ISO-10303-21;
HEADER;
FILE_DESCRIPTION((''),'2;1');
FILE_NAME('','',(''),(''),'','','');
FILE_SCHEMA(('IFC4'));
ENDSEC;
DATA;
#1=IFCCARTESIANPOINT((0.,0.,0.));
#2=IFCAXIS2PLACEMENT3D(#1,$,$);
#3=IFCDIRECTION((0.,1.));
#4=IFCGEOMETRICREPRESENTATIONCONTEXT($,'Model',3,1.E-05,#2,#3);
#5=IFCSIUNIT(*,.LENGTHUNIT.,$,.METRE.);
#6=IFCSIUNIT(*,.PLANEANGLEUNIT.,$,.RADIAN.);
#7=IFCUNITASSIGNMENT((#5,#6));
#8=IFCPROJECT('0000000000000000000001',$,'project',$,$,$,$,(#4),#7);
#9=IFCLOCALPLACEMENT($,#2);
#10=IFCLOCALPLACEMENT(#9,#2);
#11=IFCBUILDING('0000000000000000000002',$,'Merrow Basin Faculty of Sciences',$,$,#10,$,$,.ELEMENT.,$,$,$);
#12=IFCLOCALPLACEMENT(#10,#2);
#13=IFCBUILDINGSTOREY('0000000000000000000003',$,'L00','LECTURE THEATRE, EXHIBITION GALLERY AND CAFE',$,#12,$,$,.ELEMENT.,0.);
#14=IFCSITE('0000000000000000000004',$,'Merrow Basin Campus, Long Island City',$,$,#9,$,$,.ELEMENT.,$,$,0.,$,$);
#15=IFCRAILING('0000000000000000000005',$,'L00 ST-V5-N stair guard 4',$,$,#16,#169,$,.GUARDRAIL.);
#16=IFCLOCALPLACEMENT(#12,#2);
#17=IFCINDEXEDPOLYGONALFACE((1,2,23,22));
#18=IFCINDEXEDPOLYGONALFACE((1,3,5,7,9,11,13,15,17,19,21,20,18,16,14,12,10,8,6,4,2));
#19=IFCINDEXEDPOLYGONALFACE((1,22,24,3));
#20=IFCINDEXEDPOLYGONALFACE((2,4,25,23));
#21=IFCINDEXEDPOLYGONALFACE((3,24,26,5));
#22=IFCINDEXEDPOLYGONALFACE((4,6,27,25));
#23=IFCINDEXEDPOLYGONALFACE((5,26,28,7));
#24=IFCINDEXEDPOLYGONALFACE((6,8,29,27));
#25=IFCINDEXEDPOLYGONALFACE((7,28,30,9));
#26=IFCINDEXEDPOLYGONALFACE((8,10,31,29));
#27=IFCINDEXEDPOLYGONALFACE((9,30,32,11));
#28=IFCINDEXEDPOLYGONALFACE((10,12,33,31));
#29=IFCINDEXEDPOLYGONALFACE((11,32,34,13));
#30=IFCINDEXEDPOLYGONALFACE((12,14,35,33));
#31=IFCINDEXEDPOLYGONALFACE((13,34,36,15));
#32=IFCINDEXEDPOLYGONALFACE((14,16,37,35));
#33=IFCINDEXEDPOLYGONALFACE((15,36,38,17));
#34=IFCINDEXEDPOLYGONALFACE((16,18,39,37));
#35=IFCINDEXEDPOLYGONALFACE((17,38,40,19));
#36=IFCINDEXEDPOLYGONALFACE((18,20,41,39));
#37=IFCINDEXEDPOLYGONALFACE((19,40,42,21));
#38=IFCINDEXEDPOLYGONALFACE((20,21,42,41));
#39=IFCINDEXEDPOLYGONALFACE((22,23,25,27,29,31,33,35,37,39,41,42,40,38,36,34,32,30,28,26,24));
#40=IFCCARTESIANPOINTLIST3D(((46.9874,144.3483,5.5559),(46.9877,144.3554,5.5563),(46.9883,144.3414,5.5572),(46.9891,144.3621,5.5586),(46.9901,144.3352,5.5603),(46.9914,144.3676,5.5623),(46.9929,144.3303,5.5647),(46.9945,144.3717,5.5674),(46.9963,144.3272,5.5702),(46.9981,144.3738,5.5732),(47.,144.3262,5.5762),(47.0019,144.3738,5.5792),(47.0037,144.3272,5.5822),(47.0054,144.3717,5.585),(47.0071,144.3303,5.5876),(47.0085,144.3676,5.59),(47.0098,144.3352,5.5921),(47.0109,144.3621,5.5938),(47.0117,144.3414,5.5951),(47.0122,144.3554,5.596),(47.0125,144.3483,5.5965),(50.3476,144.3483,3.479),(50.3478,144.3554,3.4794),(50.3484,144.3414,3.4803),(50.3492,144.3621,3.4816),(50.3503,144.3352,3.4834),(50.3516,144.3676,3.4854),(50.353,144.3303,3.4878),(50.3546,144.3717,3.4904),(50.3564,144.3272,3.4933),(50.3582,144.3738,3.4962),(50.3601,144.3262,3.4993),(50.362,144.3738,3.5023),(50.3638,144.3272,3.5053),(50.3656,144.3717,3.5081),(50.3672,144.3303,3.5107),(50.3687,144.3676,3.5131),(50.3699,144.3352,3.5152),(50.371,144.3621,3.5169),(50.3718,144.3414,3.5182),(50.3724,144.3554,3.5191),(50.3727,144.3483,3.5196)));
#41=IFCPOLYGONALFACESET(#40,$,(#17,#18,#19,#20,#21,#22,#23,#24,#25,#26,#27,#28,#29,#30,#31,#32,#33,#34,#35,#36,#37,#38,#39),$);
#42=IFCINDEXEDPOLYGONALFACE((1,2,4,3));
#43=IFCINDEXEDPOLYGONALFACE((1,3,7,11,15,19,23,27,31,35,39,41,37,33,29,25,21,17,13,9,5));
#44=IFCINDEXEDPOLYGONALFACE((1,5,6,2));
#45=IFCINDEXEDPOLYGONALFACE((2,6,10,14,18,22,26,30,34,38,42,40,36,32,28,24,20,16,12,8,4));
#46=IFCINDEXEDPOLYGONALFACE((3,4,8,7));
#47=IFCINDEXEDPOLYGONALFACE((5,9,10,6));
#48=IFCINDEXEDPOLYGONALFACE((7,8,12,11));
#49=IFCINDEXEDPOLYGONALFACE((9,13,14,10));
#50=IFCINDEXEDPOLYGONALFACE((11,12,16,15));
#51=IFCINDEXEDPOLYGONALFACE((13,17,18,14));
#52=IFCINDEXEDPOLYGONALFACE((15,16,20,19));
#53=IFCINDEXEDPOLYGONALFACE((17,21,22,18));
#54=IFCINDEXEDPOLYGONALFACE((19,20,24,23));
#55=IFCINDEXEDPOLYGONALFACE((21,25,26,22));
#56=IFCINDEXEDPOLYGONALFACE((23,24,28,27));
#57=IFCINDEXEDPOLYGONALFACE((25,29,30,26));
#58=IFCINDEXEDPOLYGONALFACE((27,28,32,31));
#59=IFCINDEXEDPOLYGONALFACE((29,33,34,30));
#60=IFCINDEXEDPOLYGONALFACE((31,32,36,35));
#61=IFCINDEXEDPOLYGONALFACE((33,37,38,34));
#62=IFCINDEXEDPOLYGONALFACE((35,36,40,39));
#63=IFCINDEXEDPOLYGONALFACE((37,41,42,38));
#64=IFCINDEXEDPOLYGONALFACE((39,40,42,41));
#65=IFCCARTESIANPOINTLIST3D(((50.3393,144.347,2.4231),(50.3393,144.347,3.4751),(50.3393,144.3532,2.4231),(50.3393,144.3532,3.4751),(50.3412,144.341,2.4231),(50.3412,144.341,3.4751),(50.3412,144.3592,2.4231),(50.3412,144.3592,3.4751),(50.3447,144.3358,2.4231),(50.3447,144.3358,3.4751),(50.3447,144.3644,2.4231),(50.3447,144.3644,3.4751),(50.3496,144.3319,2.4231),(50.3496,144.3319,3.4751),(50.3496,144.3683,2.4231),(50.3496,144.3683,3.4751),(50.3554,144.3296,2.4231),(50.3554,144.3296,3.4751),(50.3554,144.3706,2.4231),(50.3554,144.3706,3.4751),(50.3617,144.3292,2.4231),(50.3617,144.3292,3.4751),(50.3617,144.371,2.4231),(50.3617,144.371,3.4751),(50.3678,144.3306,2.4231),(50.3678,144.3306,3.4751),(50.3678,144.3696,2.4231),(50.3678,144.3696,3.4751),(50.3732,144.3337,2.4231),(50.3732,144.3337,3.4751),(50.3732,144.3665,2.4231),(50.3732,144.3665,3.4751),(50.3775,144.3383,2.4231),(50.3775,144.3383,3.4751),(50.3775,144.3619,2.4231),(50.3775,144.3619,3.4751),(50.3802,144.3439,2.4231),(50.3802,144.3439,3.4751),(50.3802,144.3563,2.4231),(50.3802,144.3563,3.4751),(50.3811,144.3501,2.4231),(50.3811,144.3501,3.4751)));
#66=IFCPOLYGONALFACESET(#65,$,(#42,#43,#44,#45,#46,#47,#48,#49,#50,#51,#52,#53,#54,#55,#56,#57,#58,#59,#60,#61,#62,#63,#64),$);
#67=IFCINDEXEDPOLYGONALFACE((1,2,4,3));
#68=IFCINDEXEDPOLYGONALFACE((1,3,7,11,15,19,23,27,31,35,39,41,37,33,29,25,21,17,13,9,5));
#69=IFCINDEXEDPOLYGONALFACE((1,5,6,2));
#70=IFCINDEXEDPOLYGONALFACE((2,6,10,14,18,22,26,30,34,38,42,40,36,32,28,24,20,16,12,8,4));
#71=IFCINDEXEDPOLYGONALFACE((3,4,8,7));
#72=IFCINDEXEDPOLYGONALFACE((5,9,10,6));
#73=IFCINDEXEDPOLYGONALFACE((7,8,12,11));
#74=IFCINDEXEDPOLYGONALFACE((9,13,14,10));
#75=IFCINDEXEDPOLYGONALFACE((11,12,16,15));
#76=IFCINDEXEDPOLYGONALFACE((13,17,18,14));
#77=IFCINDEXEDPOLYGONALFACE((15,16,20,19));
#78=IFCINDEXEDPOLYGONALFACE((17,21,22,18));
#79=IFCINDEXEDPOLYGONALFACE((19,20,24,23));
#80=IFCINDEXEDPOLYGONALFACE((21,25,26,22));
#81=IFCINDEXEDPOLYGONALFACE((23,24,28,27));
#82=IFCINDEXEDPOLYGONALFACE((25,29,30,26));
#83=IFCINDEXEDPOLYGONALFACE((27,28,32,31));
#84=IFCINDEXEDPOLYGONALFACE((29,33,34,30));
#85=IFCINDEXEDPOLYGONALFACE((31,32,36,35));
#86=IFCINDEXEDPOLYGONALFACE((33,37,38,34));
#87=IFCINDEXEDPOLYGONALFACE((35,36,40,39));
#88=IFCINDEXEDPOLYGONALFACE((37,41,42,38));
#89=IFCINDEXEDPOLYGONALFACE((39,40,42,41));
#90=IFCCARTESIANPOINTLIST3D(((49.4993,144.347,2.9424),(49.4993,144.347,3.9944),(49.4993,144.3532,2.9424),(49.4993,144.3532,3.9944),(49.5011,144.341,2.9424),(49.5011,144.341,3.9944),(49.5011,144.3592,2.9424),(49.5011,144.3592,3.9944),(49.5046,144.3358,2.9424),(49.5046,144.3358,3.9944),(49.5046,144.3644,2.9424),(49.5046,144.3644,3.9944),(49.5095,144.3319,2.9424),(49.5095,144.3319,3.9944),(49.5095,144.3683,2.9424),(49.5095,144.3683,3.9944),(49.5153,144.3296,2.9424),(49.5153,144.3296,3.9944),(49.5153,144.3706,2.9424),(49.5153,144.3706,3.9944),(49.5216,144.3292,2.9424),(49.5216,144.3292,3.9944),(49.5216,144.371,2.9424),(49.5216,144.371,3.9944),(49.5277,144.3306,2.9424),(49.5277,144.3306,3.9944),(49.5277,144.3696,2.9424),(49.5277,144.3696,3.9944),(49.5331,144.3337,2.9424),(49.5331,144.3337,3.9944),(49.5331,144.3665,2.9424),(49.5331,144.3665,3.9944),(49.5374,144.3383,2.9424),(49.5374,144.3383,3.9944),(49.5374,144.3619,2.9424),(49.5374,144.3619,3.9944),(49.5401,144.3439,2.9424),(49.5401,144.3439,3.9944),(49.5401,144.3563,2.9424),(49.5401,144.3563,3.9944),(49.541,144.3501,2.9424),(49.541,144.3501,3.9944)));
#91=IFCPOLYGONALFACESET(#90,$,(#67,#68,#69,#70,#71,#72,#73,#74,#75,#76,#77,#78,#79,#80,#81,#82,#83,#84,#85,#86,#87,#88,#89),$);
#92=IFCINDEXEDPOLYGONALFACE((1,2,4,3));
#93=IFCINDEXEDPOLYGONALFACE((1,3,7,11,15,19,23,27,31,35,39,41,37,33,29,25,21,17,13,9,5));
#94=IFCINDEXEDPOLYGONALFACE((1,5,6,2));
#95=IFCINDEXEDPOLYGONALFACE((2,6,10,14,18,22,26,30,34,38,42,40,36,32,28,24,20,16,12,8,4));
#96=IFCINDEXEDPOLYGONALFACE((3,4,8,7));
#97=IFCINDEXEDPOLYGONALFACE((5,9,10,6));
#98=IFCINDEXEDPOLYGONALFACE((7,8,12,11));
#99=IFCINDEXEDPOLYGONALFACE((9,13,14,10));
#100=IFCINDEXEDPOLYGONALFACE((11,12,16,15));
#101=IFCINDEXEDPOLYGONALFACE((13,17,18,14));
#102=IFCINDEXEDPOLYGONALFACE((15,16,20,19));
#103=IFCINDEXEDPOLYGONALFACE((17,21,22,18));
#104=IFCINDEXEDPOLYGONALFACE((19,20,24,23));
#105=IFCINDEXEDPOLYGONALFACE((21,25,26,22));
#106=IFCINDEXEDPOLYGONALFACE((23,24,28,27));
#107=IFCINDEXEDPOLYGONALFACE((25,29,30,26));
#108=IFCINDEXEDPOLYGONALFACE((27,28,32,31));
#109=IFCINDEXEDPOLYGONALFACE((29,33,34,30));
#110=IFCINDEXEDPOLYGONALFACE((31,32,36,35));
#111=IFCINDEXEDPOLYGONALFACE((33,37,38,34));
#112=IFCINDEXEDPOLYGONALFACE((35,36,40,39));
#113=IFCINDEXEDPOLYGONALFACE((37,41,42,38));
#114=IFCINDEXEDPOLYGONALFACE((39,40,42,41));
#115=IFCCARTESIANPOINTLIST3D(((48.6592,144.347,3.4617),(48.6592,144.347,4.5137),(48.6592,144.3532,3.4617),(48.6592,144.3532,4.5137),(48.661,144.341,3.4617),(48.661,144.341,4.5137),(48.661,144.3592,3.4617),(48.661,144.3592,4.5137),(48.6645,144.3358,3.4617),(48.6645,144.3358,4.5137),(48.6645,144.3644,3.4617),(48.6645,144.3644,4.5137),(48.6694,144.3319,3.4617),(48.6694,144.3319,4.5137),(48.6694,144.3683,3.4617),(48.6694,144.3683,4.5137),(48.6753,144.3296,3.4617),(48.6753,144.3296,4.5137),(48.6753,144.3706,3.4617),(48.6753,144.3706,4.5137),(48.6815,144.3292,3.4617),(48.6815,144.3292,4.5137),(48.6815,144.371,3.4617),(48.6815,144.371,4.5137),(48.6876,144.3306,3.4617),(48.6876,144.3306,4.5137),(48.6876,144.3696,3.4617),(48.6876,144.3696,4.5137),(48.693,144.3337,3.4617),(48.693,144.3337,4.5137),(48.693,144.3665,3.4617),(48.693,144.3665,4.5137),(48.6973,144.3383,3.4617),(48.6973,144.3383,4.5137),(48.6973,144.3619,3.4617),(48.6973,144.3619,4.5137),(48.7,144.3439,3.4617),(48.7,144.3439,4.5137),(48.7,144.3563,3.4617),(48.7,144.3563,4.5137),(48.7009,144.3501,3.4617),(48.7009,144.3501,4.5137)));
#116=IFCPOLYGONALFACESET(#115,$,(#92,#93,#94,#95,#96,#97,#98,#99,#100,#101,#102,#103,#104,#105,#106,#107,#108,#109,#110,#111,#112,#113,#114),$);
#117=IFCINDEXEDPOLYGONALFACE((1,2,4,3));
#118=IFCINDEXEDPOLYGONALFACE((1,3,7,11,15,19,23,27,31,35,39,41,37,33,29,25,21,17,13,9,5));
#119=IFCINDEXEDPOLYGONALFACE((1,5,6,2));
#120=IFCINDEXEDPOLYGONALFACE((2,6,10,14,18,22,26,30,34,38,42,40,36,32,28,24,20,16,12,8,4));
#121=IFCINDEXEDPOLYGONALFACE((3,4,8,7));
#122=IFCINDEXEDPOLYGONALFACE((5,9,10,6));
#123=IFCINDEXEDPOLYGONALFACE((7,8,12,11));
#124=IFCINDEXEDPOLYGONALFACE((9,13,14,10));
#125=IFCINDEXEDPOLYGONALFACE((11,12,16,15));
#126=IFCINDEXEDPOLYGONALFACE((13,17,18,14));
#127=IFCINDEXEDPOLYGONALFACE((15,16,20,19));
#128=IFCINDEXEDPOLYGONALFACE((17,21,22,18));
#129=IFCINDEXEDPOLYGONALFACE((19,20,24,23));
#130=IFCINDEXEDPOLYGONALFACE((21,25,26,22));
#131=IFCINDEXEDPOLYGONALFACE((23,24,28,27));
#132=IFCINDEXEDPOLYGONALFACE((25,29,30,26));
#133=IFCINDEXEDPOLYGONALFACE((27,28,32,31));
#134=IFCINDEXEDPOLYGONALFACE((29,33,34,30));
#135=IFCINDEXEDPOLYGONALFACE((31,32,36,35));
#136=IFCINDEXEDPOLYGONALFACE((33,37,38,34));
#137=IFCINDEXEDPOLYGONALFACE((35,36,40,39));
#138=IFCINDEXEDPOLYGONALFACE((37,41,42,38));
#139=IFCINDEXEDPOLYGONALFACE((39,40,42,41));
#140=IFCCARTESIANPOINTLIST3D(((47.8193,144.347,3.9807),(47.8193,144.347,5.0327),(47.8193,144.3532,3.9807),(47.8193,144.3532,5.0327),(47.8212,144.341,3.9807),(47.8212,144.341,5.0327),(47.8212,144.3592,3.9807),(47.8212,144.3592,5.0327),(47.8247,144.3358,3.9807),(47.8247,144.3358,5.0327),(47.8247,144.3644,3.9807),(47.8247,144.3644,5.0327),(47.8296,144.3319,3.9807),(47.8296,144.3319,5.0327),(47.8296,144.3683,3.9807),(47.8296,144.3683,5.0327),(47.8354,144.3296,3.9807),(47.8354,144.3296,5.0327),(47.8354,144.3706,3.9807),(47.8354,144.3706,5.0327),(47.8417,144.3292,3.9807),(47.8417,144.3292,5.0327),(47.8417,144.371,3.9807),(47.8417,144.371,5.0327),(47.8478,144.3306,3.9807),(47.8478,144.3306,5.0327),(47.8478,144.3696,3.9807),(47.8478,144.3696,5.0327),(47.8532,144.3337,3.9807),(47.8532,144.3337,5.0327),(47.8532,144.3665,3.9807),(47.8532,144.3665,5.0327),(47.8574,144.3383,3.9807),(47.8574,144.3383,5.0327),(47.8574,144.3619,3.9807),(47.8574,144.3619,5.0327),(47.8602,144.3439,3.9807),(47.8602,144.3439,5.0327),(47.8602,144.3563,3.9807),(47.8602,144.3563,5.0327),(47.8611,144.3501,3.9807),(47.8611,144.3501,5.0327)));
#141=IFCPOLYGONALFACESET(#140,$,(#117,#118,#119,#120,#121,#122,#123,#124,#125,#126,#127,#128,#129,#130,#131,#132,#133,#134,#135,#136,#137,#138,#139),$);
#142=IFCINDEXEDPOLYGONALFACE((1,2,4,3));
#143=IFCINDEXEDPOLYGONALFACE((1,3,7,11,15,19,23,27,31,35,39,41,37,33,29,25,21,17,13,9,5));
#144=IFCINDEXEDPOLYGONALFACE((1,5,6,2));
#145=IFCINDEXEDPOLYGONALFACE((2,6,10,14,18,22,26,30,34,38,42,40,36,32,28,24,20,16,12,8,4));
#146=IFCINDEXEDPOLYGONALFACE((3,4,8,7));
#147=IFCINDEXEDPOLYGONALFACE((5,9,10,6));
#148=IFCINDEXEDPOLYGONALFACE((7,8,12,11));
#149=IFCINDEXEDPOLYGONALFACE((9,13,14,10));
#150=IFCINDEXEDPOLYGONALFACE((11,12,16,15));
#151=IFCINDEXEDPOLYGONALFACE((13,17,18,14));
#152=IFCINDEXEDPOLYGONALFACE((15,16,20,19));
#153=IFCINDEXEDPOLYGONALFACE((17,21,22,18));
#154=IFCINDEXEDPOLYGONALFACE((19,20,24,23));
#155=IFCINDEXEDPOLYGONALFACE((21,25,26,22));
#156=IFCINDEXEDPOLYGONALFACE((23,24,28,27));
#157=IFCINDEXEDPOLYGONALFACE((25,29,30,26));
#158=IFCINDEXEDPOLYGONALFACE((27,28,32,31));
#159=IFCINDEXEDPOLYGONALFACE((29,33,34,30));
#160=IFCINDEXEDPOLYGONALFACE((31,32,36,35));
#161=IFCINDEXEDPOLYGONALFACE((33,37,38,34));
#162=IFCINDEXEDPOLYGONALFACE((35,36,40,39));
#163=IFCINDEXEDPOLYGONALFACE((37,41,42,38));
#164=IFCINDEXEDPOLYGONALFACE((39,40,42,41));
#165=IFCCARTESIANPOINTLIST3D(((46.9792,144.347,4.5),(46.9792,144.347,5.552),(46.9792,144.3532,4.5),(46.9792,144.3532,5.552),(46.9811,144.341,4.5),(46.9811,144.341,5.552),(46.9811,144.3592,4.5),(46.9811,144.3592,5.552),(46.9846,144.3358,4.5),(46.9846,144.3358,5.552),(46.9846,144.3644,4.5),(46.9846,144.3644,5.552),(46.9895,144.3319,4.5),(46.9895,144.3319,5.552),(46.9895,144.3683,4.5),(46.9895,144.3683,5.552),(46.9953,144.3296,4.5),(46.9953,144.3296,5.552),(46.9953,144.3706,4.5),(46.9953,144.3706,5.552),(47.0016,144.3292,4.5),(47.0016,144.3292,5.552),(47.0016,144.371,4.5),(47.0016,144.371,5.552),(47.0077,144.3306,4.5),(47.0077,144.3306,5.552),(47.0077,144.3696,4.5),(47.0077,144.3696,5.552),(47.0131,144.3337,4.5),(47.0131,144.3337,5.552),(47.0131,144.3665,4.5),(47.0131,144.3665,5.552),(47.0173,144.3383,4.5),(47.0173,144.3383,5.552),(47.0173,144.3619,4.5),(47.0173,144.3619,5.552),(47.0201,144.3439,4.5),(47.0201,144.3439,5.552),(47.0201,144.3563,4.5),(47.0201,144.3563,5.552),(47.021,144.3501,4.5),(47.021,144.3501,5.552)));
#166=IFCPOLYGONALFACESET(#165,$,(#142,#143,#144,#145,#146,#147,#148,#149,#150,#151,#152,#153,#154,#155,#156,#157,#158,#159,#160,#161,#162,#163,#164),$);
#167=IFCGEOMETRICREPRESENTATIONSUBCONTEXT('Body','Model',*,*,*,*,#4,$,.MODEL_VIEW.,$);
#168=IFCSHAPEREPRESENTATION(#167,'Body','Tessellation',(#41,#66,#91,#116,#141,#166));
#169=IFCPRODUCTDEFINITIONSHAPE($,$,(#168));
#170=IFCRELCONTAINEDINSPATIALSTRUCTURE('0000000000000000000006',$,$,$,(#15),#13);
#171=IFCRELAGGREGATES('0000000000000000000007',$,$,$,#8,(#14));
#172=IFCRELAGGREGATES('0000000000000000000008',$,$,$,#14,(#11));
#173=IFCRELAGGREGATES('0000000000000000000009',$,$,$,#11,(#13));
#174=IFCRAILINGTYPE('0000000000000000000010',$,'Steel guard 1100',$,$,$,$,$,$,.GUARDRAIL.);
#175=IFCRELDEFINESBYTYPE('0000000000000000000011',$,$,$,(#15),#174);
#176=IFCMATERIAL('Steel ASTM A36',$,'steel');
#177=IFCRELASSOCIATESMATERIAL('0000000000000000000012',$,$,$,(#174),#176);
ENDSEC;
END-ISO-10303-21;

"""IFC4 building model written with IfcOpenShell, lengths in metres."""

from ifc_helpers import new_model, si_unit, direction, frame, origin, origin_2d, place, context, subcontext, project, spatial, circle, extrude, material, type_object, element, save


model = new_model("IFC4")

# Units and contexts
model_context = context("Model", 3, precision=1e-05, world=origin(), true_north=direction((0.0, 1.0)))
body_context = subcontext(model_context, "Body", "Model", "MODEL_VIEW")
ifc_project = project(units=[si_unit("LENGTHUNIT", "METRE"), si_unit("PLANEANGLEUNIT", "RADIAN")], contexts=[model_context])

# Site, building, storey
site_placement = place(None, origin())
site = spatial("IfcSite", under=ifc_project, at=site_placement, Name="Merrow Basin Campus, Long Island City", CompositionType="ELEMENT", RefElevation=0.0)
building_placement = place(site_placement, origin())
building = spatial("IfcBuilding", under=site, at=building_placement, Name="Merrow Basin Faculty of Sciences", CompositionType="ELEMENT")
storey_placement = place(building_placement, origin())
storey = spatial("IfcBuildingStorey", under=building, at=storey_placement, Name="L00", Description="LECTURE THEATRE, EXHIBITION GALLERY AND CAFE", CompositionType="ELEMENT", Elevation=0.0)

# Railing
ifc_material_1 = material(Name="Steel ASTM A36", Category="steel")
railing_type_1 = type_object("IfcRailingType", Name="Steel guard 1100", PredefinedType="GUARDRAIL", material=ifc_material_1)
railing_1_placement = place(storey_placement, frame((50.3601, 144.3501, 2.4231)))
element("IfcRailing", 1, at=railing_1_placement, inside=storey, type_object=railing_type_1, Name="L00 ST-V5-N stair guard 4", PredefinedType="GUARDRAIL", context=body_context, shape_type="SweptSolid", body=[
    extrude(circle(Radius=0.0239, at=origin_2d()), frame((0.0, 0.0, 1.0762), z_axis=(-0.850623, 0.0, 0.525776), x_axis=(0.0, -1.0, 0.0)), (0.0, 0.0, 1.0), 3.9502),
    extrude(circle(Radius=0.021, at=origin_2d()), origin(), (0.0, 0.0, 1.0), 1.052),
    extrude(circle(Radius=0.021, at=origin_2d()), frame((-0.8401, 0.0, 0.5193)), (0.0, 0.0, 1.0), 1.052),
    extrude(circle(Radius=0.021, at=origin_2d()), frame((-1.6802, 0.0, 1.0386)), (0.0, 0.0, 1.0), 1.052),
    extrude(circle(Radius=0.021, at=origin_2d()), frame((-2.52, 0.0, 1.5576)), (0.0, 0.0, 1.0), 1.052),
    extrude(circle(Radius=0.021, at=origin_2d()), frame((-3.3601, 0.0, 2.0769)), (0.0, 0.0, 1.0), 1.052),
])

save(model, "model.ifc")
